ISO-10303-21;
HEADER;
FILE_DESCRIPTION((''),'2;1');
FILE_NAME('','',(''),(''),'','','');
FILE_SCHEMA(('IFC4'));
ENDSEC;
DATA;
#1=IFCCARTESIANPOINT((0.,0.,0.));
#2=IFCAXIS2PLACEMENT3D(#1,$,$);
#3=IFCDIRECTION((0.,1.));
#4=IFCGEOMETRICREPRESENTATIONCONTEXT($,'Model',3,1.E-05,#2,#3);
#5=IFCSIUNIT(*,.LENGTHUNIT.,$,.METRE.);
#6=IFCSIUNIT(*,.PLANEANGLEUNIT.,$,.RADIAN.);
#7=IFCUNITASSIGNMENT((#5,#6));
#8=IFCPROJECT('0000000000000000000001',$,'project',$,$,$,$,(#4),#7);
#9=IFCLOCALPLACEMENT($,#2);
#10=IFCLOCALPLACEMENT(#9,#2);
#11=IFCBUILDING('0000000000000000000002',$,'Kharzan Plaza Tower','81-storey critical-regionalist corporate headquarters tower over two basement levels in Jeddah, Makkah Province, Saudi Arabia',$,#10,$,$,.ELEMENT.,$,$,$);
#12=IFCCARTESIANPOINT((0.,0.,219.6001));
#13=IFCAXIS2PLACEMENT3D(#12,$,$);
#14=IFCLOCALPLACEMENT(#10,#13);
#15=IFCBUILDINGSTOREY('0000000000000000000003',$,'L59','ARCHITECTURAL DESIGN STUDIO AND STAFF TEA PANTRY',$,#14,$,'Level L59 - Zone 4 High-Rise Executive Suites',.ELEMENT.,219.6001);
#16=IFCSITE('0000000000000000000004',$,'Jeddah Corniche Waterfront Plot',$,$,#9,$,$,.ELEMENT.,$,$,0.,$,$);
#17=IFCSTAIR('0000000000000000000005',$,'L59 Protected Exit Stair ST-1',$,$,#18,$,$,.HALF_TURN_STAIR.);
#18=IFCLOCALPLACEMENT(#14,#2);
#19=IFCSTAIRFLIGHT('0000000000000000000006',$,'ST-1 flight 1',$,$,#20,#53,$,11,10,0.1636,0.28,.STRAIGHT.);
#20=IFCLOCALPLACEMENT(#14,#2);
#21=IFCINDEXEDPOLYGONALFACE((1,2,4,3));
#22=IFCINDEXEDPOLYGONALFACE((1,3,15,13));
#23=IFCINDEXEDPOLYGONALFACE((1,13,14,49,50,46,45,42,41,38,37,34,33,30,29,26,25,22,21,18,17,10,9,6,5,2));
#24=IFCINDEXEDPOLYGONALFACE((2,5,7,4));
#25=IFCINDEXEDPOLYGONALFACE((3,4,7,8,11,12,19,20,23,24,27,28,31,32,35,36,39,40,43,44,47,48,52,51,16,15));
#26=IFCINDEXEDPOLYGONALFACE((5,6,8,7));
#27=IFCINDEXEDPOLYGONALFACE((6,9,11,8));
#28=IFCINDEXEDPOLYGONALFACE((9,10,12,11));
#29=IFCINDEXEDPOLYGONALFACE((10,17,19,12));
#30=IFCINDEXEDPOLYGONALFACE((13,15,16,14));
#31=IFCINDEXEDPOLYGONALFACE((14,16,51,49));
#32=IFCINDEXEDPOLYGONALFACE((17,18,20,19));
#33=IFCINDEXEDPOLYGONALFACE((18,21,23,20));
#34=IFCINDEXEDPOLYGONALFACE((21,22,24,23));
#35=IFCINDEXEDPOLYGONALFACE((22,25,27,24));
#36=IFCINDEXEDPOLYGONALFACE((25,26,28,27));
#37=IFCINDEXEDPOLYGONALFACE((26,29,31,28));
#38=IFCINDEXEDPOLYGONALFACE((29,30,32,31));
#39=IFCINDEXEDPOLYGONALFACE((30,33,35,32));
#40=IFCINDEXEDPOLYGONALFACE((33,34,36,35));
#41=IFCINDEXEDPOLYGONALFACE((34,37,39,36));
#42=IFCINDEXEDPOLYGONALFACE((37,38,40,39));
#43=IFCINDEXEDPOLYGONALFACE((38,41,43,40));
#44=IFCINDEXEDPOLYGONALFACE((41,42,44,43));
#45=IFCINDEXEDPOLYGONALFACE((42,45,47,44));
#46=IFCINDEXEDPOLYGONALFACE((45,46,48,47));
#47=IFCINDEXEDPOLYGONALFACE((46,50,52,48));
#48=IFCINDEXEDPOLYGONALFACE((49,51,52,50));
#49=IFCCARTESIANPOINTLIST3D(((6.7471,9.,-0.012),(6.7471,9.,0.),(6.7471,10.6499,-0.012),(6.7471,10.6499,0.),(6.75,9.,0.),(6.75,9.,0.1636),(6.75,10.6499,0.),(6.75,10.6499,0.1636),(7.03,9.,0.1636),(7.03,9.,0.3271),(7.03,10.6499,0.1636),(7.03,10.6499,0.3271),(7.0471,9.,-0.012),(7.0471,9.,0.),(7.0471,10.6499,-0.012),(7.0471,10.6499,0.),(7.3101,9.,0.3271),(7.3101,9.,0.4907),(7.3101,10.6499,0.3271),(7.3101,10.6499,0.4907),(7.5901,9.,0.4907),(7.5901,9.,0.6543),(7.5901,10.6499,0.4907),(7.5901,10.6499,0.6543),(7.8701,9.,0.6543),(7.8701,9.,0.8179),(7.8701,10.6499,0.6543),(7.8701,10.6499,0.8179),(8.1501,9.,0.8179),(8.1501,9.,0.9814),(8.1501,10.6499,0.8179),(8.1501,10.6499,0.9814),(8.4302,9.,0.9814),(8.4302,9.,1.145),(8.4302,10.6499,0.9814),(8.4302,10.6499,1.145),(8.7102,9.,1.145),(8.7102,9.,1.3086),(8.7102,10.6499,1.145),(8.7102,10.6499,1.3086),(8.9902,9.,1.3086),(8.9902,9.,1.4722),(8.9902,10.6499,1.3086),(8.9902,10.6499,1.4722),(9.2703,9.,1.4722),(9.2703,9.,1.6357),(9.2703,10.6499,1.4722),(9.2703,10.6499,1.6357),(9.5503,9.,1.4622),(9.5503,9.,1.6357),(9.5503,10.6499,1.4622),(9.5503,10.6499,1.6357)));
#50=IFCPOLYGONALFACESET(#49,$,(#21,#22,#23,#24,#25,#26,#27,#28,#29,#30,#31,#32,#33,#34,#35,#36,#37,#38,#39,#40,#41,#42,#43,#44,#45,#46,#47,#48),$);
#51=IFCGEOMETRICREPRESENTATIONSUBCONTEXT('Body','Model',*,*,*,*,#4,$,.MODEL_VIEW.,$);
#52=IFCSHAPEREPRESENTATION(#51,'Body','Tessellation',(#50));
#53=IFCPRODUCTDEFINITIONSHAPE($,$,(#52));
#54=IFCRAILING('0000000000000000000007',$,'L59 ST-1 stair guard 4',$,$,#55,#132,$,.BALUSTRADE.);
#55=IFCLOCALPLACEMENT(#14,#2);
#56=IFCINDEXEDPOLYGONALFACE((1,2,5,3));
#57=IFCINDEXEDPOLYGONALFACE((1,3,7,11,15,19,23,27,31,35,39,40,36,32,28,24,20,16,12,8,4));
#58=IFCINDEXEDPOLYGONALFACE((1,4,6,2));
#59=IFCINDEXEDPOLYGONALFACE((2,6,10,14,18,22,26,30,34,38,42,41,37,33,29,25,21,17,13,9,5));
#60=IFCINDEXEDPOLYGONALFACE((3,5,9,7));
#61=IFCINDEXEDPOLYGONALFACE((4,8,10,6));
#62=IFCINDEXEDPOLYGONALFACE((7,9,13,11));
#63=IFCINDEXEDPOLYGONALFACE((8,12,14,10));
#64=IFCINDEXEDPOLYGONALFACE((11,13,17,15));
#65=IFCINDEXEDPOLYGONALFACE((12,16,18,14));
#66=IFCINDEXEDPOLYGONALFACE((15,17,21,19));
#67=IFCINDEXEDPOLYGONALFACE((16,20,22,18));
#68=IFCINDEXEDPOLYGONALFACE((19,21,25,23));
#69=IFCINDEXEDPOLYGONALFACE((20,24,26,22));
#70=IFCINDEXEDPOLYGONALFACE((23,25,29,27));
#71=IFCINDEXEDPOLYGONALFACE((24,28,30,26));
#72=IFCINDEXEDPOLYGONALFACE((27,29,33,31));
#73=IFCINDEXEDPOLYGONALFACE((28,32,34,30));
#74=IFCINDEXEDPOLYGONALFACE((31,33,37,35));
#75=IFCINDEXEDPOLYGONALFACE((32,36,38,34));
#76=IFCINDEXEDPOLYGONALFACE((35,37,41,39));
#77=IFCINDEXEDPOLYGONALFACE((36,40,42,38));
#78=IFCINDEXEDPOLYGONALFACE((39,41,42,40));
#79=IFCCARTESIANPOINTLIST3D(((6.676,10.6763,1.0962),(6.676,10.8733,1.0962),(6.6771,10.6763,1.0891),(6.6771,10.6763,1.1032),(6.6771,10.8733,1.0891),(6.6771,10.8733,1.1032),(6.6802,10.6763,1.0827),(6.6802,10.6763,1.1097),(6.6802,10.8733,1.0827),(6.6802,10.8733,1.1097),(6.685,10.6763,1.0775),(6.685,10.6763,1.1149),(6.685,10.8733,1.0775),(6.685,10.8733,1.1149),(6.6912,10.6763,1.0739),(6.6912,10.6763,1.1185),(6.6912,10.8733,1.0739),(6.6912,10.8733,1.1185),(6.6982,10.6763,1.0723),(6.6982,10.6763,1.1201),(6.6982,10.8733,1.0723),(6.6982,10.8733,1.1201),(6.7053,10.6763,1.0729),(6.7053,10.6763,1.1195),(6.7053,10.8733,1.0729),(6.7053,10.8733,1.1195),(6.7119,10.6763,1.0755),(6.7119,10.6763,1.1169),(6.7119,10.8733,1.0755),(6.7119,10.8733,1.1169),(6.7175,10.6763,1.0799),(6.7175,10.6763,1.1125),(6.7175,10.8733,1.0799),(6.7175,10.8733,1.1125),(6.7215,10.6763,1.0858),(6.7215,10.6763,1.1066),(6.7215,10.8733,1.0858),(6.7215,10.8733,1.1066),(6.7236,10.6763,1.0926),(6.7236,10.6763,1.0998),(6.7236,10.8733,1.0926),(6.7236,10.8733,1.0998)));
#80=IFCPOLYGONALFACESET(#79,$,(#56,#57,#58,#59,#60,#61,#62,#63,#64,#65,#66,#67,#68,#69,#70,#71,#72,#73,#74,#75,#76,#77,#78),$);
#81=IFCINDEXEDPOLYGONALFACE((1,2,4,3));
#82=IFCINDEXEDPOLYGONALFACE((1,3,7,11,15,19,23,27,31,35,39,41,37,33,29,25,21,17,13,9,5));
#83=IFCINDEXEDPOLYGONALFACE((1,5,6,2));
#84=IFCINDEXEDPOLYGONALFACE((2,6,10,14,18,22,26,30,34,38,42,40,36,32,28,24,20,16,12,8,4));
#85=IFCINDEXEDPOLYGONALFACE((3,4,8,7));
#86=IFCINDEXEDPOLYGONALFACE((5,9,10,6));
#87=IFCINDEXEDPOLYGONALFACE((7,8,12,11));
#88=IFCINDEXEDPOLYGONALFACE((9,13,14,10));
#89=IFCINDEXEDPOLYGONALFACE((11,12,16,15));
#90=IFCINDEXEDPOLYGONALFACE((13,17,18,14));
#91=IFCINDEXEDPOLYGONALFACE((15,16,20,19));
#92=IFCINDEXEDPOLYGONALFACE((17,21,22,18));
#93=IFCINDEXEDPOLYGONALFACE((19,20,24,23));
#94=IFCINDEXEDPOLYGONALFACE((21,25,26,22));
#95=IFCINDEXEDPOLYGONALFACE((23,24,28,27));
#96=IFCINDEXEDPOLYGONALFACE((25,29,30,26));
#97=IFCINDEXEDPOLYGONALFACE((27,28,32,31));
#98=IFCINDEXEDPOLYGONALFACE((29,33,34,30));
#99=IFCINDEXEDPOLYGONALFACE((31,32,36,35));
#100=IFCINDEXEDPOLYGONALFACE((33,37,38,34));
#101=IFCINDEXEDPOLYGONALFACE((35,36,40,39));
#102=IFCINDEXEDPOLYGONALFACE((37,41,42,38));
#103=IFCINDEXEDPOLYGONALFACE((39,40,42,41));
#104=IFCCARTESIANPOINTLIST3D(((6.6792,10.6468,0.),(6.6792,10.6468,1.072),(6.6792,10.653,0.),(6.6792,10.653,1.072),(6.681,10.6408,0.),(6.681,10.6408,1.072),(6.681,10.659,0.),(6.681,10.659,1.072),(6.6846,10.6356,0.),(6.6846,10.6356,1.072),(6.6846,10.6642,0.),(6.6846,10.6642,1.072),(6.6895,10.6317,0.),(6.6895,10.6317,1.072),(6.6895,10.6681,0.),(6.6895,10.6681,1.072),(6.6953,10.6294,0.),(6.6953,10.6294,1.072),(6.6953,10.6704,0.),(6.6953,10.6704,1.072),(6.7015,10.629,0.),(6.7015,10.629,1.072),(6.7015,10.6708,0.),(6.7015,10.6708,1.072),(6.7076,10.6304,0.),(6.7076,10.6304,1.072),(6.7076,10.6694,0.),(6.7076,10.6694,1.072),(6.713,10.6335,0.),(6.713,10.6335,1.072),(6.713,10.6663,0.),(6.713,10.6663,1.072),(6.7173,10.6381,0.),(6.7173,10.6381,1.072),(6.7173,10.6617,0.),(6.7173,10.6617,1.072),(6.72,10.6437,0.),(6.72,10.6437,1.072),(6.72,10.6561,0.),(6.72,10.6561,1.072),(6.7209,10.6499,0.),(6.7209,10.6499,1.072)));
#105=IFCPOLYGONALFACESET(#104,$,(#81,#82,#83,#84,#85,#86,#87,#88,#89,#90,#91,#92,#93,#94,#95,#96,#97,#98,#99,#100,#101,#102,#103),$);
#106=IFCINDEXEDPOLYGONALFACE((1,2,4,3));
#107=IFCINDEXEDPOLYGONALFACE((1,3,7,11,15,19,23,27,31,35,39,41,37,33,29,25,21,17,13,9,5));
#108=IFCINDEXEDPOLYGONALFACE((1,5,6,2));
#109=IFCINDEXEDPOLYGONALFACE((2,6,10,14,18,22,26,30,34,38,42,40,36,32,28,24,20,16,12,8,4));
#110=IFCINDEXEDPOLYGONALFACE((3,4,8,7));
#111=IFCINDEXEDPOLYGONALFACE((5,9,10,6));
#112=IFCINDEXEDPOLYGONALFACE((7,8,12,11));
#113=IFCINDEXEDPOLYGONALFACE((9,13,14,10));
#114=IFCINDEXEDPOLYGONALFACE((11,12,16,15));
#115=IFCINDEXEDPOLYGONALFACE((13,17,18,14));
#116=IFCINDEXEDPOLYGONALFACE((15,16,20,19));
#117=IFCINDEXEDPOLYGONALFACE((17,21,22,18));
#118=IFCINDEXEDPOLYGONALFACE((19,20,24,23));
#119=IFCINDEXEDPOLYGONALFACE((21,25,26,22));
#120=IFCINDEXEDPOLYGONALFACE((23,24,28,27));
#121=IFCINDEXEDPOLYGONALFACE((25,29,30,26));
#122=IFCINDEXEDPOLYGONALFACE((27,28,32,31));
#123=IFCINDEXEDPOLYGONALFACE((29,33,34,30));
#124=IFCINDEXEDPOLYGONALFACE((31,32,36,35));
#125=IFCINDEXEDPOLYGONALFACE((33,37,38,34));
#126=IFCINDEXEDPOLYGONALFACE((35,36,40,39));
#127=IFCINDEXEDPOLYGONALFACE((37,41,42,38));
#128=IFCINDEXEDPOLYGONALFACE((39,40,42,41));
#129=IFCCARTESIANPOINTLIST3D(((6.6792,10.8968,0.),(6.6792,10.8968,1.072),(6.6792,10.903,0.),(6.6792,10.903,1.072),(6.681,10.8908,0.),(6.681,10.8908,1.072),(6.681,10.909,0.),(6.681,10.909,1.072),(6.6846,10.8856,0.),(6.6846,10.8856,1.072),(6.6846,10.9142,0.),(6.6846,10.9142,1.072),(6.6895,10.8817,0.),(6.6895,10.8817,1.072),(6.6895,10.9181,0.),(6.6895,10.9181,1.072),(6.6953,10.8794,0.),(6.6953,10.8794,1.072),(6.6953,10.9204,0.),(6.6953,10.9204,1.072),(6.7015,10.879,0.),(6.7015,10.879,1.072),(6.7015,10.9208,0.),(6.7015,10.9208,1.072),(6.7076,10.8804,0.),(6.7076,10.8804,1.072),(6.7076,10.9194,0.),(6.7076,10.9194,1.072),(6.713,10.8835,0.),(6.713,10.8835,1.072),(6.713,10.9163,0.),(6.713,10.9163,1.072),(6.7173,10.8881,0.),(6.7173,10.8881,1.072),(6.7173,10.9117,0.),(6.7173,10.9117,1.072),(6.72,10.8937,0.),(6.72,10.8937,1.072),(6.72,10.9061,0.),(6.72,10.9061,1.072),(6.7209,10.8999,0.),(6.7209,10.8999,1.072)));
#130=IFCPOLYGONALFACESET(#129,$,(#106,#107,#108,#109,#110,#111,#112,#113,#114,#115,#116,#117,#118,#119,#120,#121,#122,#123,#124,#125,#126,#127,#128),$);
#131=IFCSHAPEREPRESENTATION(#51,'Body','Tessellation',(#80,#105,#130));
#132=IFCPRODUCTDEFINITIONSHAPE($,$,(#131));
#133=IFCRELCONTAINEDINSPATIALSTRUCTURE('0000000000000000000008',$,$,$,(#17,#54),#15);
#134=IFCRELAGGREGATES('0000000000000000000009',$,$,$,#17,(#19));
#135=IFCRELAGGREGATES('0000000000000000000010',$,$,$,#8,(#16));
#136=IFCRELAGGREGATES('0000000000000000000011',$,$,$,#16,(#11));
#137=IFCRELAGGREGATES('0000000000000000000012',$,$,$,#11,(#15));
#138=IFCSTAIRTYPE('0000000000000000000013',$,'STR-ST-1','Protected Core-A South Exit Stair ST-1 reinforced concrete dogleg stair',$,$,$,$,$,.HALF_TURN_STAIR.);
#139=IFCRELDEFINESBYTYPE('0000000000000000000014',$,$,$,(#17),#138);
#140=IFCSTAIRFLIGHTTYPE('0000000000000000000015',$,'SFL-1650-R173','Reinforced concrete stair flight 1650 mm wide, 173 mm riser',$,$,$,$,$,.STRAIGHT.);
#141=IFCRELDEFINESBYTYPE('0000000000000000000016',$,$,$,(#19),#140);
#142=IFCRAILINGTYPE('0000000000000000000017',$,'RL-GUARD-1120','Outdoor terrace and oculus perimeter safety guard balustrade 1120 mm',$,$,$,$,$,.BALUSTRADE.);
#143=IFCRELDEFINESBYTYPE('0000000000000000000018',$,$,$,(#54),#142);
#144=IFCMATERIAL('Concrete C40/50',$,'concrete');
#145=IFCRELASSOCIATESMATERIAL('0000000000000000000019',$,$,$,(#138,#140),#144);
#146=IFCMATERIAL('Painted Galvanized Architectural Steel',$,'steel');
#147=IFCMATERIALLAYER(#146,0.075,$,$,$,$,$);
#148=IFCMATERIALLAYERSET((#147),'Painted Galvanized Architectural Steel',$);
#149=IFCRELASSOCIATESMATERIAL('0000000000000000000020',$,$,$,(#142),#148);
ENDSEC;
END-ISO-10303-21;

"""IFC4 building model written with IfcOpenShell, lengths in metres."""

from ifc_helpers import new_model, si_unit, direction, frame, origin, origin_2d, place, context, subcontext, project, spatial, polyline, circle, outline, extrude, source, transform, mapped, material, layer, layer_set, type_object, element, aggregate, save


model = new_model("IFC4")

# Units and contexts
model_context = context("Model", 3, precision=1e-05, world=origin(), true_north=direction((0.0, 1.0)))
body_context = subcontext(model_context, "Body", "Model", "MODEL_VIEW")
ifc_project = project(units=[si_unit("LENGTHUNIT", "METRE"), si_unit("PLANEANGLEUNIT", "RADIAN")], contexts=[model_context])

# Site, building, storey
site_placement = place(None, origin())
site = spatial("IfcSite", under=ifc_project, at=site_placement, Name="Jeddah Corniche Waterfront Plot", CompositionType="ELEMENT", RefElevation=0.0)
building_placement = place(site_placement, origin())
building = spatial("IfcBuilding", under=site, at=building_placement, Name="Kharzan Plaza Tower", Description="81-storey critical-regionalist corporate headquarters tower over two basement levels in Jeddah, Makkah Province, Saudi Arabia", CompositionType="ELEMENT")
storey_placement = place(building_placement, frame((0.0, 0.0, 219.6001)))
storey = spatial("IfcBuildingStorey", under=building, at=storey_placement, Name="L59", Description="ARCHITECTURAL DESIGN STUDIO AND STAFF TEA PANTRY", LongName="Level L59 - Zone 4 High-Rise Executive Suites", CompositionType="ELEMENT", Elevation=219.6001)

# Shared definitions
ifc_material_1 = material(Name="Concrete C40/50", Category="concrete")

# Stair, stair flight
stair_type = type_object("IfcStairType", Name="STR-ST-1", Description="Protected Core-A South Exit Stair ST-1 reinforced concrete dogleg stair", PredefinedType="HALF_TURN_STAIR", material=ifc_material_1)
stair_placement = place(storey_placement, origin())
stair = element("IfcStair", 1, at=stair_placement, inside=storey, type_object=stair_type, Name="L59 Protected Exit Stair ST-1", PredefinedType="HALF_TURN_STAIR")
stair_flight_type = type_object("IfcStairFlightType", Name="SFL-1650-R173", Description="Reinforced concrete stair flight 1650 mm wide, 173 mm riser", PredefinedType="STRAIGHT", material=ifc_material_1)
shared_shape_1 = source(origin(), body_context, "Body", "SweptSolid", [
    extrude(outline(polyline([(-0.0029, -0.012), (-0.0029, 0.0), (0.0, 0.0), (0.0, 0.1636), (0.28, 0.1636), (0.28, 0.3271), (0.5601, 0.3271), (0.5601, 0.4907), (0.8401, 0.4907), (0.8401, 0.6543), (1.1201, 0.6543), (1.1201, 0.8179), (1.4001, 0.8179), (1.4001, 0.9814), (1.6802, 0.9814), (1.6802, 1.145), (1.9602, 1.145), (1.9602, 1.3086), (2.2402, 1.3086), (2.2402, 1.4722), (2.5203, 1.4722), (2.5203, 1.6357), (2.8003, 1.6357), (2.8003, 1.7993), (2.8003, 1.4622), (0.2971, 0.0), (0.2971, -0.012), (-0.0029, -0.012)])), frame((0.0, 0.825, 0.0), z_axis=(0.0, -1.0, 0.0), x_axis=(1.0, 0.0, 0.0)), (0.0, 0.0, 1.0), 1.6499),
])
stair_flight_placement = place(storey_placement, frame((6.75, 9.825, 0.0), z_axis=(0.0, 0.0, 1.0), x_axis=(1.0, 0.0, 0.0)))
stair_flight = element("IfcStairFlight", 2, at=stair_flight_placement, type_object=stair_flight_type, Name="ST-1 flight 1", NumberOfRisers=11, NumberOfTreads=10, PredefinedType="STRAIGHT", RiserHeight=0.1636, TreadLength=0.28, context=body_context, shape_type="MappedRepresentation", body=[
    mapped(shared_shape_1, transform((0.0, 0.0, 0.0), x_axis=(1.0, 0.0, 0.0), y_axis=(0.0, 1.0, 0.0), z_axis=(0.0, 0.0, 1.0))),
])
aggregate(stair, [stair_flight])

# Railing
ifc_material_2 = material(Name="Painted Galvanized Architectural Steel", Category="steel")
ifc_layer_1 = layer(ifc_material_2, 0.075)
ifc_layer_set_1 = layer_set([ifc_layer_1], Name="Painted Galvanized Architectural Steel")
railing_type_1 = type_object("IfcRailingType", Name="RL-GUARD-1120", Description="Outdoor terrace and oculus perimeter safety guard balustrade 1120 mm", PredefinedType="BALUSTRADE", material=ifc_layer_set_1)
shared_shape_2 = source(origin(), body_context, "Body", "SweptSolid", [
    extrude(circle(Radius=0.0239, at=origin_2d()), frame((0.0, 0.0264, 1.0962), z_axis=(0.0, 1.0, 0.0), x_axis=(-1.0, 0.0, 0.0)), (0.0, 0.0, 1.0), 0.197),
    extrude(circle(Radius=0.021, at=origin_2d()), origin(), (0.0, 0.0, 1.0), 1.072),
    extrude(circle(Radius=0.021, at=origin_2d()), frame((0.0, 0.25, 0.0)), (0.0, 0.0, 1.0), 1.072),
])
railing_1_placement = place(storey_placement, frame((6.7, 10.6499, 0.0)))
element("IfcRailing", 3, at=railing_1_placement, inside=storey, type_object=railing_type_1, Name="L59 ST-1 stair guard 4", PredefinedType="BALUSTRADE", context=body_context, shape_type="MappedRepresentation", body=[
    mapped(shared_shape_2, transform((0.0, 0.0, 0.0), x_axis=(1.0, 0.0, 0.0), y_axis=(0.0, 1.0, 0.0), z_axis=(0.0, 0.0, 1.0))),
])

save(model, "model.ifc")
